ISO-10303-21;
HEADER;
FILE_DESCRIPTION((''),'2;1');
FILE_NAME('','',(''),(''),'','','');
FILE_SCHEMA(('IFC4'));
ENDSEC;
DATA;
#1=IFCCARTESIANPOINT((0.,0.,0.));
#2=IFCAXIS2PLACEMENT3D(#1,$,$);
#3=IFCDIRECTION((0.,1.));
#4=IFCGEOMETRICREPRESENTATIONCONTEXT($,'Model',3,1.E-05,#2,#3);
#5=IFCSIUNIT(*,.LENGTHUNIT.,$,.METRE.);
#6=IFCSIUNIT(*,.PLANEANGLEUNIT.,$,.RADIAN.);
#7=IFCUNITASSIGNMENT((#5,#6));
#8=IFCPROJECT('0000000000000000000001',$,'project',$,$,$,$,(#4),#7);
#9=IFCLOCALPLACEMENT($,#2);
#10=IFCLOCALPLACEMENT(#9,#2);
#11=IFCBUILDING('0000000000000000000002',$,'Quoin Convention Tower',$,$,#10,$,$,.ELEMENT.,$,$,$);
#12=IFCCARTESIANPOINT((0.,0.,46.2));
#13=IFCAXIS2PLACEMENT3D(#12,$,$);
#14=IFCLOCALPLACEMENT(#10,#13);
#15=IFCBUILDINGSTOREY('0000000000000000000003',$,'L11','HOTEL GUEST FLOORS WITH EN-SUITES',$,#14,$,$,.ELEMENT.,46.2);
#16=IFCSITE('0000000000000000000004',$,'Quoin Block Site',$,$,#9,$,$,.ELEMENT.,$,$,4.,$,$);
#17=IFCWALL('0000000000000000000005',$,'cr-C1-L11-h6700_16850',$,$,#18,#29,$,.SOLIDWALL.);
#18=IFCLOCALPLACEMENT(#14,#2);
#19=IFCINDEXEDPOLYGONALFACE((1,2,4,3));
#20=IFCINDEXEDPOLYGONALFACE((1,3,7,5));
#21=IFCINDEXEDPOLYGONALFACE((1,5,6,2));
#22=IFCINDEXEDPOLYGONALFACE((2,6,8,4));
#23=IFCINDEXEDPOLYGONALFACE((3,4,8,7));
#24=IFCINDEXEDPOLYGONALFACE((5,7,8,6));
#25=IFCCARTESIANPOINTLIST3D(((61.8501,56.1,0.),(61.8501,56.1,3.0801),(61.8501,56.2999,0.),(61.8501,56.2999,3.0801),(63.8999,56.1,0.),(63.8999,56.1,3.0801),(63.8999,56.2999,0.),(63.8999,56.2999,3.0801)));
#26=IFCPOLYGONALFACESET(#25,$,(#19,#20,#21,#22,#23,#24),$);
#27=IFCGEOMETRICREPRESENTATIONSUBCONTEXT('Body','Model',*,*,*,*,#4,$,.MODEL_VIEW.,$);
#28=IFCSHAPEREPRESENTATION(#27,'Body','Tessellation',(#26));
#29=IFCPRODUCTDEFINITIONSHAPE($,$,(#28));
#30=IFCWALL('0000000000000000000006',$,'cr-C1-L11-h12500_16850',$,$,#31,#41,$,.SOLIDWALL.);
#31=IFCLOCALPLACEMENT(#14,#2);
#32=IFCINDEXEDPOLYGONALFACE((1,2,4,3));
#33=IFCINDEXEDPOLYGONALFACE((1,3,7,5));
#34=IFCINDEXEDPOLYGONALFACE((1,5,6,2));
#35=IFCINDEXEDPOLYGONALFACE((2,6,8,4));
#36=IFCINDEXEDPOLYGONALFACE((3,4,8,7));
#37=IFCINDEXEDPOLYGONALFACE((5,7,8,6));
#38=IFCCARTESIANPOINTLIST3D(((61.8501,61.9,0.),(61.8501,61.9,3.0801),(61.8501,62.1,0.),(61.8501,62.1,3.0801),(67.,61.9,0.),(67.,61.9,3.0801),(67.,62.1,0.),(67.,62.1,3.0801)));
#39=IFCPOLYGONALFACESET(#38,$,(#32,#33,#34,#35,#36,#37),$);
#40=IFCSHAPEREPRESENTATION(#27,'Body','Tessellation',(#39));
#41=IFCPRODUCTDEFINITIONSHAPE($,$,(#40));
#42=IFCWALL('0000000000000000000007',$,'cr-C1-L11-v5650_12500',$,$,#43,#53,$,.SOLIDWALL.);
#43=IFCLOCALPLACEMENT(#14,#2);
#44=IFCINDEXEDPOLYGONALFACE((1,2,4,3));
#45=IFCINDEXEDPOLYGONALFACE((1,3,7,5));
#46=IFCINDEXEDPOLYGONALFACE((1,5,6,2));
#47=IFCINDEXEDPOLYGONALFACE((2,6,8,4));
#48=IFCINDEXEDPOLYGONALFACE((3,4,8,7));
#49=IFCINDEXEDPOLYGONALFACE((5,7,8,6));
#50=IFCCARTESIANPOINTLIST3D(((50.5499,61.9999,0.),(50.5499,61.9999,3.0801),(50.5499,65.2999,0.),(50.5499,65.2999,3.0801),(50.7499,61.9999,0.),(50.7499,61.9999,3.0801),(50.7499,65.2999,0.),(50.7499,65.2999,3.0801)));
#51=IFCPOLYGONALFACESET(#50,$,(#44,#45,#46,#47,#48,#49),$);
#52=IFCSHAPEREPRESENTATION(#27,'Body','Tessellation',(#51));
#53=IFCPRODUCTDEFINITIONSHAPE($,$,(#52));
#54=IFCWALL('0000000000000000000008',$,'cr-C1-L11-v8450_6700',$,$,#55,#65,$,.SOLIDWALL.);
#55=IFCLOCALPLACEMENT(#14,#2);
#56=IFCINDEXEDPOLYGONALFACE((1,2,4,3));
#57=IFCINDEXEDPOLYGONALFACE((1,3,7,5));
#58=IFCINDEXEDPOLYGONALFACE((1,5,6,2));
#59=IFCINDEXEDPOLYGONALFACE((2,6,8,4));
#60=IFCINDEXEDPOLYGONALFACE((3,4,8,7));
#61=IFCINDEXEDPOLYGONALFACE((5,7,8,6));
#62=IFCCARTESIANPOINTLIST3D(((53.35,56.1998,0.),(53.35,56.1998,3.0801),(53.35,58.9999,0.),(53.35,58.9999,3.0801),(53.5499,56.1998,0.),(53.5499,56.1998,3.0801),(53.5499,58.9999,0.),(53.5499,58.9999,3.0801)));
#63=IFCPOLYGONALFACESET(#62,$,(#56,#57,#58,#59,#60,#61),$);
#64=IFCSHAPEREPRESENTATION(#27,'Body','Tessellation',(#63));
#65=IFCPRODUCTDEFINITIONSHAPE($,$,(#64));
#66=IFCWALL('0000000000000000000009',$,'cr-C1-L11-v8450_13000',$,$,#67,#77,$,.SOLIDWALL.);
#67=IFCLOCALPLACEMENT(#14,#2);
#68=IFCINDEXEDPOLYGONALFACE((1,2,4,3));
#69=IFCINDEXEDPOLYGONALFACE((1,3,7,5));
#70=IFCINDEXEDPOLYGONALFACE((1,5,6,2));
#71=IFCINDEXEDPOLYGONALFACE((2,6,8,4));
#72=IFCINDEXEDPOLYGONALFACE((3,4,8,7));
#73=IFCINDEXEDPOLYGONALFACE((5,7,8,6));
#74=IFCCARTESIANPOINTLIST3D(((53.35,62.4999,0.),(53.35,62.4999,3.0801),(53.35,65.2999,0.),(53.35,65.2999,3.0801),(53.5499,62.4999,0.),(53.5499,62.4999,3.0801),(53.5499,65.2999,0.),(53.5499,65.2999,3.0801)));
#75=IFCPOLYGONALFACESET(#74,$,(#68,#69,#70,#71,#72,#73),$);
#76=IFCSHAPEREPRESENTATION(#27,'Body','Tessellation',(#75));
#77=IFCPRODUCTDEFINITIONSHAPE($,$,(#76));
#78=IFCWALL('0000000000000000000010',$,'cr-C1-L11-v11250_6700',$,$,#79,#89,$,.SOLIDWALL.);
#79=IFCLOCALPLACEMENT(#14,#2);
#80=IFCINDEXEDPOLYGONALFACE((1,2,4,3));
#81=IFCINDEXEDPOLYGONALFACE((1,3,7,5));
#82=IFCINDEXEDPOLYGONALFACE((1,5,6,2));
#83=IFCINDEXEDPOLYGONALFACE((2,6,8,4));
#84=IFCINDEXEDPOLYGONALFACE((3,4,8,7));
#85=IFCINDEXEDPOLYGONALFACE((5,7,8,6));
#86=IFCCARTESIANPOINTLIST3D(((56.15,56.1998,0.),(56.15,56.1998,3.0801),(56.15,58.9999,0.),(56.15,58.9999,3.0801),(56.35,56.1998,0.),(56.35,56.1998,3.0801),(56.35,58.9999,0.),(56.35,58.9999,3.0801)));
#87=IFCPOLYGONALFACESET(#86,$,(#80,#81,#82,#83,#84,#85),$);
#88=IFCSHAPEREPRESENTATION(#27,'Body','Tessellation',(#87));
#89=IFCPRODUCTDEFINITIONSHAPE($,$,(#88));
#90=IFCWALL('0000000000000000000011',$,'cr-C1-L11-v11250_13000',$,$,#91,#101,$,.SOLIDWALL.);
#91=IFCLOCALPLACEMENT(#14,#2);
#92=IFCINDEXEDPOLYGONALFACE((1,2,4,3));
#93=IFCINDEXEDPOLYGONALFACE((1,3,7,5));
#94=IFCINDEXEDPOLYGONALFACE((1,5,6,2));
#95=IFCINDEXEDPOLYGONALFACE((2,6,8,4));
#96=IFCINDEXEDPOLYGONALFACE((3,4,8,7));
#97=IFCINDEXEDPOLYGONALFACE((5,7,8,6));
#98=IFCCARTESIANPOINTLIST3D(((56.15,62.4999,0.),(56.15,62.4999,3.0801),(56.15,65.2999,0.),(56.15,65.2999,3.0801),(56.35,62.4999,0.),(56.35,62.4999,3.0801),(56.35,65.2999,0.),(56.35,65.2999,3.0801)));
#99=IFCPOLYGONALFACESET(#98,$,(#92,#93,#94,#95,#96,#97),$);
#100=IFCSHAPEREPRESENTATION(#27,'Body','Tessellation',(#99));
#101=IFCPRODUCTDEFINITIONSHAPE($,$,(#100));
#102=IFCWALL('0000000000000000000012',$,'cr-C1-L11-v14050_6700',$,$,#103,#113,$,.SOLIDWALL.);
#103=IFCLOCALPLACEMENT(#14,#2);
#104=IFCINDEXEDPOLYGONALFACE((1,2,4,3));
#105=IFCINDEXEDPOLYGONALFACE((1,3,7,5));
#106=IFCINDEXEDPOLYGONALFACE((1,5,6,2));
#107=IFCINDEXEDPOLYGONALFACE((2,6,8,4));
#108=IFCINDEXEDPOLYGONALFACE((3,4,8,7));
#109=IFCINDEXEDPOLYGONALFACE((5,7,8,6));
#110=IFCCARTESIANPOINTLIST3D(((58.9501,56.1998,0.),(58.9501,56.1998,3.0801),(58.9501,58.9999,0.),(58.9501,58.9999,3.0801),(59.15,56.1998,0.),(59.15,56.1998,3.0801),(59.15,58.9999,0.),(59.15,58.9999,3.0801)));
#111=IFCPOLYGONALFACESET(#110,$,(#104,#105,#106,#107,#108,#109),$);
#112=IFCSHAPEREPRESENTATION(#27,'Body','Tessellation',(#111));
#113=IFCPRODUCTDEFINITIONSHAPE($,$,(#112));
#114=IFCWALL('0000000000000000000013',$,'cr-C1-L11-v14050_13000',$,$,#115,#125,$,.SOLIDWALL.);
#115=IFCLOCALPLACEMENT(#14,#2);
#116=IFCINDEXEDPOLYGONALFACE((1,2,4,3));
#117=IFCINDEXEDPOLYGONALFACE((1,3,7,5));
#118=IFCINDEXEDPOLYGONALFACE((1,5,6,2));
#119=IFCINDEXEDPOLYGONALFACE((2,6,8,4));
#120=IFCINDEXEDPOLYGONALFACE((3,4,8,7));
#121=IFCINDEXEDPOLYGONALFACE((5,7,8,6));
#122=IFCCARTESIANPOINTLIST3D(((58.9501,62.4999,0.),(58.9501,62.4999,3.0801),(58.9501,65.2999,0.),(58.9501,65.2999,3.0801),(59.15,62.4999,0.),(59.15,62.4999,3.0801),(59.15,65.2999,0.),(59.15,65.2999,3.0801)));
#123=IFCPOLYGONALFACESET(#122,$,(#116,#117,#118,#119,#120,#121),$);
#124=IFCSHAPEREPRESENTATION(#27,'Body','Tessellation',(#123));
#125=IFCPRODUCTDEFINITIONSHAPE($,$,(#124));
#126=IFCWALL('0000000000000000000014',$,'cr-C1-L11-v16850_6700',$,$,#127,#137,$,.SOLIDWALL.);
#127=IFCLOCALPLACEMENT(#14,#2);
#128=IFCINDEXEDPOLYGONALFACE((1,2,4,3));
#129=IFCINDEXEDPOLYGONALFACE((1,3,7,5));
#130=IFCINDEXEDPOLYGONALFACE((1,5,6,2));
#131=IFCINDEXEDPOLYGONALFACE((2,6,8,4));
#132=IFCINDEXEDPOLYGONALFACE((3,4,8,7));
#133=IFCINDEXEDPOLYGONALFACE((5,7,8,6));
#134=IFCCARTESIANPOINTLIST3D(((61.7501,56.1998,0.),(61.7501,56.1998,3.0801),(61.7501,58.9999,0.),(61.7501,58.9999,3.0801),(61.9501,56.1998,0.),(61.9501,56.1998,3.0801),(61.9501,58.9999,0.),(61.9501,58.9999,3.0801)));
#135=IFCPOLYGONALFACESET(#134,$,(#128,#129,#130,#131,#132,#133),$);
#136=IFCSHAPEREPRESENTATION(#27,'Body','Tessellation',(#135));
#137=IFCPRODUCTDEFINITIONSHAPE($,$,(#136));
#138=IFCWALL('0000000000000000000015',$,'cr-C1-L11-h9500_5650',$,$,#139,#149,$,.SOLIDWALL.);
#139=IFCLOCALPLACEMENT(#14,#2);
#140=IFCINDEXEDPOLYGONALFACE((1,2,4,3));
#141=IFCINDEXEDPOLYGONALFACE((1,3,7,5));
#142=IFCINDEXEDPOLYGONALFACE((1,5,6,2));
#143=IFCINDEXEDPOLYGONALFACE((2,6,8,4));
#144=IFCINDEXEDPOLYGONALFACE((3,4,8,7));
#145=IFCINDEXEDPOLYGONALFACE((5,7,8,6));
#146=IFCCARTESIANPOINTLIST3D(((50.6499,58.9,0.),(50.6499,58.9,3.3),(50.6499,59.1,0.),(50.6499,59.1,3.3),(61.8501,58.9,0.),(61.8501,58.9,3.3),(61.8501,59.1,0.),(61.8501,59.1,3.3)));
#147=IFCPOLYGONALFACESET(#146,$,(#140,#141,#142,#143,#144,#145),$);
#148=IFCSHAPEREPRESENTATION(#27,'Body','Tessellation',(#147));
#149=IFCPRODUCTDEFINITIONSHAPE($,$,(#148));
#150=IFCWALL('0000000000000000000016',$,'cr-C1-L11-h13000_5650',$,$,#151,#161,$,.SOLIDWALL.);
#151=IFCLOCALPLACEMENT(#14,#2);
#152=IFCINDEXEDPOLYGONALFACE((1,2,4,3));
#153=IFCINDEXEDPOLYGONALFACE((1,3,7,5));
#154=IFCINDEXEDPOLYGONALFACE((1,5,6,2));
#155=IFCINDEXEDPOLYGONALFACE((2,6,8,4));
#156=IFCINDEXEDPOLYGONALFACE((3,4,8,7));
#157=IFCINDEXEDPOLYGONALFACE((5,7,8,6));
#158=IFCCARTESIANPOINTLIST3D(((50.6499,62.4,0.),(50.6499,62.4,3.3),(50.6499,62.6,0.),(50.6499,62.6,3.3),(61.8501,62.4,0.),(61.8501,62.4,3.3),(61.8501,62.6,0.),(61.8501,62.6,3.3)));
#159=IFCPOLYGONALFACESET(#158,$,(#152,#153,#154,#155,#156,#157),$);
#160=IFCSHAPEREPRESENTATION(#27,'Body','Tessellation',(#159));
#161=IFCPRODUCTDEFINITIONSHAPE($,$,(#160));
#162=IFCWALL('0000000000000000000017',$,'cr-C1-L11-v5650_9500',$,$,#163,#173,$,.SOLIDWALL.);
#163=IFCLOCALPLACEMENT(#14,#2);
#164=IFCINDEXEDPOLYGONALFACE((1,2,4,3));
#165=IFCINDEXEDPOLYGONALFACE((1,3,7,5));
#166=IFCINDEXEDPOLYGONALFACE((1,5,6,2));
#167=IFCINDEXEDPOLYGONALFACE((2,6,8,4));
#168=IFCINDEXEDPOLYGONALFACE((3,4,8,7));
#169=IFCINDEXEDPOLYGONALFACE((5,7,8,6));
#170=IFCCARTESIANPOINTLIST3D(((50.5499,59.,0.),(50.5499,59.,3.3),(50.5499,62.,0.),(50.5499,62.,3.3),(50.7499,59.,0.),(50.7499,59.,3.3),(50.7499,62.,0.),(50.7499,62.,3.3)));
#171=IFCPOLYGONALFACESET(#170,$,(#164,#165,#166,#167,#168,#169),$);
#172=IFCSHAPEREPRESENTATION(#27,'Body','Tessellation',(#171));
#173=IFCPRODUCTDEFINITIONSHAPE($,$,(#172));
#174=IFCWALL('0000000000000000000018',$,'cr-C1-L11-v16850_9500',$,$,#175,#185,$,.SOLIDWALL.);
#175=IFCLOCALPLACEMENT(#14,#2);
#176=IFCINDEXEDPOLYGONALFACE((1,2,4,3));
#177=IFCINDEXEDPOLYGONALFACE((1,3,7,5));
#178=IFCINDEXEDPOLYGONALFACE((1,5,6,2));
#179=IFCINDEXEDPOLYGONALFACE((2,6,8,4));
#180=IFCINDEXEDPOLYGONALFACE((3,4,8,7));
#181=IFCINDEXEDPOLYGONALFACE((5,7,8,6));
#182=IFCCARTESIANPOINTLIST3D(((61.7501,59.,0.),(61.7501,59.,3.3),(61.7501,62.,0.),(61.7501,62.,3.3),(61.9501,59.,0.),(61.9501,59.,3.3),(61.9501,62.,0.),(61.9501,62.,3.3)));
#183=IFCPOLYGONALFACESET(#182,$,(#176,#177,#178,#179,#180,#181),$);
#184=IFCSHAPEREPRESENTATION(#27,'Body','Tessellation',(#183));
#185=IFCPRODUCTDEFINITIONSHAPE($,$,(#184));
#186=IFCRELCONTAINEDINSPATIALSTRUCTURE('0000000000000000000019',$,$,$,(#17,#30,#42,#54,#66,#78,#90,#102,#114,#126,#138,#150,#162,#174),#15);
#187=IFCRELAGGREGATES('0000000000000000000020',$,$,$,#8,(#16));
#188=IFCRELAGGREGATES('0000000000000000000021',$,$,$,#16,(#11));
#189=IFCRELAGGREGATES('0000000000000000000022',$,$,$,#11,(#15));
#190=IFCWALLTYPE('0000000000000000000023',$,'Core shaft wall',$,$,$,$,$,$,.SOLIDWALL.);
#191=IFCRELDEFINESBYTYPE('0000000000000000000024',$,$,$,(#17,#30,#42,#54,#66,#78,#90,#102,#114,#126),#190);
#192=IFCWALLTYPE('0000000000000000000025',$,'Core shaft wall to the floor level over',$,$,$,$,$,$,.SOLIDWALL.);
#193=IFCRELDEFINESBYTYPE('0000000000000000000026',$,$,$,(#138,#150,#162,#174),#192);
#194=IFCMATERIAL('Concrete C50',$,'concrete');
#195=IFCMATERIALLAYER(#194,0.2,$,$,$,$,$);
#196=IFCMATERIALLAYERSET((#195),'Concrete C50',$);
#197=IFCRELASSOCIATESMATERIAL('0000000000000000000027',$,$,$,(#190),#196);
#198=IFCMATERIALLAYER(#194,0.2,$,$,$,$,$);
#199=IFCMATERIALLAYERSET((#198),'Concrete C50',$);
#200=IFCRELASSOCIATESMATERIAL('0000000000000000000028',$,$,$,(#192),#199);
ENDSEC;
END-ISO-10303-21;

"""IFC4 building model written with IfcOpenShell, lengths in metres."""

from ifc_helpers import new_model, si_unit, direction, frame, frame_2d, origin, place, context, subcontext, project, spatial, rectangle, extrude, material, layer, layer_set, type_object, element, save


model = new_model("IFC4")

# Units and contexts
model_context = context("Model", 3, precision=1e-05, world=origin(), true_north=direction((0.0, 1.0)))
body_context = subcontext(model_context, "Body", "Model", "MODEL_VIEW")
ifc_project = project(units=[si_unit("LENGTHUNIT", "METRE"), si_unit("PLANEANGLEUNIT", "RADIAN")], contexts=[model_context])

# Site, building, storey
site_placement = place(None, origin())
site = spatial("IfcSite", under=ifc_project, at=site_placement, Name="Quoin Block Site", CompositionType="ELEMENT", RefElevation=4.0)
building_placement = place(site_placement, origin())
building = spatial("IfcBuilding", under=site, at=building_placement, Name="Quoin Convention Tower", CompositionType="ELEMENT")
storey_placement = place(building_placement, frame((0.0, 0.0, 46.2)))
storey = spatial("IfcBuildingStorey", under=building, at=storey_placement, Name="L11", Description="HOTEL GUEST FLOORS WITH EN-SUITES", CompositionType="ELEMENT", Elevation=46.2)

# Walls
ifc_material = material(Name="Concrete C50", Category="concrete")
ifc_layer_1 = layer(ifc_material, 0.2)
ifc_layer_set_1 = layer_set([ifc_layer_1], Name="Concrete C50")
wall_type_1 = type_object("IfcWallType", Name="Core shaft wall", PredefinedType="SOLIDWALL", material=ifc_layer_set_1)
wall_1_placement = place(storey_placement, frame((61.8501, 56.2, 0.0), z_axis=(0.0, 0.0, 1.0), x_axis=(1.0, 0.0, 0.0)))
element("IfcWall", 1, at=wall_1_placement, inside=storey, type_object=wall_type_1, Name="cr-C1-L11-h6700_16850", PredefinedType="SOLIDWALL", context=body_context, shape_type="SweptSolid", body=[
    extrude(rectangle(XDim=2.0498, YDim=0.2, at=frame_2d((1.0249, 0.0))), origin(), (0.0, 0.0, 1.0), 3.0801),
])
wall_2_placement = place(storey_placement, frame((61.8501, 62.0, 0.0), z_axis=(0.0, 0.0, 1.0), x_axis=(1.0, 0.0, 0.0)))
element("IfcWall", 2, at=wall_2_placement, inside=storey, type_object=wall_type_1, Name="cr-C1-L11-h12500_16850", PredefinedType="SOLIDWALL", context=body_context, shape_type="SweptSolid", body=[
    extrude(rectangle(XDim=5.1499, YDim=0.2, at=frame_2d((2.575, 0.0))), origin(), (0.0, 0.0, 1.0), 3.0801),
])
wall_3_placement = place(storey_placement, frame((50.6499, 62.0, 0.0), z_axis=(0.0, 0.0, 1.0), x_axis=(0.0, 1.0, 0.0)))
element("IfcWall", 3, at=wall_3_placement, inside=storey, type_object=wall_type_1, Name="cr-C1-L11-v5650_12500", PredefinedType="SOLIDWALL", context=body_context, shape_type="SweptSolid", body=[
    extrude(rectangle(XDim=3.3, YDim=0.2, at=frame_2d((1.6499, 0.0))), origin(), (0.0, 0.0, 1.0), 3.0801),
])
for number, where, z_axis, x_axis, name in (
    (4, (53.45, 56.2, 0.0), (0.0, 0.0, 1.0), (0.0, 1.0, 0.0), "cr-C1-L11-v8450_6700"),
    (5, (53.45, 62.5, 0.0), (0.0, 0.0, 1.0), (0.0, 1.0, 0.0), "cr-C1-L11-v8450_13000"),
    (6, (56.25, 56.2, 0.0), (0.0, 0.0, 1.0), (0.0, 1.0, 0.0), "cr-C1-L11-v11250_6700"),
    (7, (56.25, 62.5, 0.0), (0.0, 0.0, 1.0), (0.0, 1.0, 0.0), "cr-C1-L11-v11250_13000"),
    (8, (59.05, 56.2, 0.0), (0.0, 0.0, 1.0), (0.0, 1.0, 0.0), "cr-C1-L11-v14050_6700"),
    (9, (59.05, 62.5, 0.0), (0.0, 0.0, 1.0), (0.0, 1.0, 0.0), "cr-C1-L11-v14050_13000"),
    (10, (61.8501, 56.2, 0.0), (0.0, 0.0, 1.0), (0.0, 1.0, 0.0), "cr-C1-L11-v16850_6700"),
):
    element("IfcWall", number, at=place(storey_placement, frame(where, z_axis=z_axis, x_axis=x_axis)), inside=storey, type_object=wall_type_1, Name=name, PredefinedType="SOLIDWALL", context=body_context, shape_type="SweptSolid", body=[
        extrude(rectangle(XDim=2.8, YDim=0.2, at=frame_2d((1.3999, 0.0))), origin(), (0.0, 0.0, 1.0), 3.0801),
    ])
ifc_layer_2 = layer(ifc_material, 0.2)
ifc_layer_set_2 = layer_set([ifc_layer_2], Name="Concrete C50")
wall_type_2 = type_object("IfcWallType", Name="Core shaft wall to the floor level over", PredefinedType="SOLIDWALL", material=ifc_layer_set_2)
for number, where, z_axis, x_axis, name in (
    (11, (50.6499, 59.0, 0.0), (0.0, 0.0, 1.0), (1.0, 0.0, 0.0), "cr-C1-L11-h9500_5650"),
    (12, (50.6499, 62.5, 0.0), (0.0, 0.0, 1.0), (1.0, 0.0, 0.0), "cr-C1-L11-h13000_5650"),
):
    element("IfcWall", number, at=place(storey_placement, frame(where, z_axis=z_axis, x_axis=x_axis)), inside=storey, type_object=wall_type_2, Name=name, PredefinedType="SOLIDWALL", context=body_context, shape_type="SweptSolid", body=[
        extrude(rectangle(XDim=11.2002, YDim=0.2, at=frame_2d((5.6001, 0.0))), origin(), (0.0, 0.0, 1.0), 3.3),
    ])
for number, where, z_axis, x_axis, name in (
    (13, (50.6499, 59.0, 0.0), (0.0, 0.0, 1.0), (0.0, 1.0, 0.0), "cr-C1-L11-v5650_9500"),
    (14, (61.8501, 59.0, 0.0), (0.0, 0.0, 1.0), (0.0, 1.0, 0.0), "cr-C1-L11-v16850_9500"),
):
    element("IfcWall", number, at=place(storey_placement, frame(where, z_axis=z_axis, x_axis=x_axis)), inside=storey, type_object=wall_type_2, Name=name, PredefinedType="SOLIDWALL", context=body_context, shape_type="SweptSolid", body=[
        extrude(rectangle(XDim=3.0, YDim=0.2, at=frame_2d((1.5, 0.0))), origin(), (0.0, 0.0, 1.0), 3.3),
    ])

save(model, "model.ifc")
